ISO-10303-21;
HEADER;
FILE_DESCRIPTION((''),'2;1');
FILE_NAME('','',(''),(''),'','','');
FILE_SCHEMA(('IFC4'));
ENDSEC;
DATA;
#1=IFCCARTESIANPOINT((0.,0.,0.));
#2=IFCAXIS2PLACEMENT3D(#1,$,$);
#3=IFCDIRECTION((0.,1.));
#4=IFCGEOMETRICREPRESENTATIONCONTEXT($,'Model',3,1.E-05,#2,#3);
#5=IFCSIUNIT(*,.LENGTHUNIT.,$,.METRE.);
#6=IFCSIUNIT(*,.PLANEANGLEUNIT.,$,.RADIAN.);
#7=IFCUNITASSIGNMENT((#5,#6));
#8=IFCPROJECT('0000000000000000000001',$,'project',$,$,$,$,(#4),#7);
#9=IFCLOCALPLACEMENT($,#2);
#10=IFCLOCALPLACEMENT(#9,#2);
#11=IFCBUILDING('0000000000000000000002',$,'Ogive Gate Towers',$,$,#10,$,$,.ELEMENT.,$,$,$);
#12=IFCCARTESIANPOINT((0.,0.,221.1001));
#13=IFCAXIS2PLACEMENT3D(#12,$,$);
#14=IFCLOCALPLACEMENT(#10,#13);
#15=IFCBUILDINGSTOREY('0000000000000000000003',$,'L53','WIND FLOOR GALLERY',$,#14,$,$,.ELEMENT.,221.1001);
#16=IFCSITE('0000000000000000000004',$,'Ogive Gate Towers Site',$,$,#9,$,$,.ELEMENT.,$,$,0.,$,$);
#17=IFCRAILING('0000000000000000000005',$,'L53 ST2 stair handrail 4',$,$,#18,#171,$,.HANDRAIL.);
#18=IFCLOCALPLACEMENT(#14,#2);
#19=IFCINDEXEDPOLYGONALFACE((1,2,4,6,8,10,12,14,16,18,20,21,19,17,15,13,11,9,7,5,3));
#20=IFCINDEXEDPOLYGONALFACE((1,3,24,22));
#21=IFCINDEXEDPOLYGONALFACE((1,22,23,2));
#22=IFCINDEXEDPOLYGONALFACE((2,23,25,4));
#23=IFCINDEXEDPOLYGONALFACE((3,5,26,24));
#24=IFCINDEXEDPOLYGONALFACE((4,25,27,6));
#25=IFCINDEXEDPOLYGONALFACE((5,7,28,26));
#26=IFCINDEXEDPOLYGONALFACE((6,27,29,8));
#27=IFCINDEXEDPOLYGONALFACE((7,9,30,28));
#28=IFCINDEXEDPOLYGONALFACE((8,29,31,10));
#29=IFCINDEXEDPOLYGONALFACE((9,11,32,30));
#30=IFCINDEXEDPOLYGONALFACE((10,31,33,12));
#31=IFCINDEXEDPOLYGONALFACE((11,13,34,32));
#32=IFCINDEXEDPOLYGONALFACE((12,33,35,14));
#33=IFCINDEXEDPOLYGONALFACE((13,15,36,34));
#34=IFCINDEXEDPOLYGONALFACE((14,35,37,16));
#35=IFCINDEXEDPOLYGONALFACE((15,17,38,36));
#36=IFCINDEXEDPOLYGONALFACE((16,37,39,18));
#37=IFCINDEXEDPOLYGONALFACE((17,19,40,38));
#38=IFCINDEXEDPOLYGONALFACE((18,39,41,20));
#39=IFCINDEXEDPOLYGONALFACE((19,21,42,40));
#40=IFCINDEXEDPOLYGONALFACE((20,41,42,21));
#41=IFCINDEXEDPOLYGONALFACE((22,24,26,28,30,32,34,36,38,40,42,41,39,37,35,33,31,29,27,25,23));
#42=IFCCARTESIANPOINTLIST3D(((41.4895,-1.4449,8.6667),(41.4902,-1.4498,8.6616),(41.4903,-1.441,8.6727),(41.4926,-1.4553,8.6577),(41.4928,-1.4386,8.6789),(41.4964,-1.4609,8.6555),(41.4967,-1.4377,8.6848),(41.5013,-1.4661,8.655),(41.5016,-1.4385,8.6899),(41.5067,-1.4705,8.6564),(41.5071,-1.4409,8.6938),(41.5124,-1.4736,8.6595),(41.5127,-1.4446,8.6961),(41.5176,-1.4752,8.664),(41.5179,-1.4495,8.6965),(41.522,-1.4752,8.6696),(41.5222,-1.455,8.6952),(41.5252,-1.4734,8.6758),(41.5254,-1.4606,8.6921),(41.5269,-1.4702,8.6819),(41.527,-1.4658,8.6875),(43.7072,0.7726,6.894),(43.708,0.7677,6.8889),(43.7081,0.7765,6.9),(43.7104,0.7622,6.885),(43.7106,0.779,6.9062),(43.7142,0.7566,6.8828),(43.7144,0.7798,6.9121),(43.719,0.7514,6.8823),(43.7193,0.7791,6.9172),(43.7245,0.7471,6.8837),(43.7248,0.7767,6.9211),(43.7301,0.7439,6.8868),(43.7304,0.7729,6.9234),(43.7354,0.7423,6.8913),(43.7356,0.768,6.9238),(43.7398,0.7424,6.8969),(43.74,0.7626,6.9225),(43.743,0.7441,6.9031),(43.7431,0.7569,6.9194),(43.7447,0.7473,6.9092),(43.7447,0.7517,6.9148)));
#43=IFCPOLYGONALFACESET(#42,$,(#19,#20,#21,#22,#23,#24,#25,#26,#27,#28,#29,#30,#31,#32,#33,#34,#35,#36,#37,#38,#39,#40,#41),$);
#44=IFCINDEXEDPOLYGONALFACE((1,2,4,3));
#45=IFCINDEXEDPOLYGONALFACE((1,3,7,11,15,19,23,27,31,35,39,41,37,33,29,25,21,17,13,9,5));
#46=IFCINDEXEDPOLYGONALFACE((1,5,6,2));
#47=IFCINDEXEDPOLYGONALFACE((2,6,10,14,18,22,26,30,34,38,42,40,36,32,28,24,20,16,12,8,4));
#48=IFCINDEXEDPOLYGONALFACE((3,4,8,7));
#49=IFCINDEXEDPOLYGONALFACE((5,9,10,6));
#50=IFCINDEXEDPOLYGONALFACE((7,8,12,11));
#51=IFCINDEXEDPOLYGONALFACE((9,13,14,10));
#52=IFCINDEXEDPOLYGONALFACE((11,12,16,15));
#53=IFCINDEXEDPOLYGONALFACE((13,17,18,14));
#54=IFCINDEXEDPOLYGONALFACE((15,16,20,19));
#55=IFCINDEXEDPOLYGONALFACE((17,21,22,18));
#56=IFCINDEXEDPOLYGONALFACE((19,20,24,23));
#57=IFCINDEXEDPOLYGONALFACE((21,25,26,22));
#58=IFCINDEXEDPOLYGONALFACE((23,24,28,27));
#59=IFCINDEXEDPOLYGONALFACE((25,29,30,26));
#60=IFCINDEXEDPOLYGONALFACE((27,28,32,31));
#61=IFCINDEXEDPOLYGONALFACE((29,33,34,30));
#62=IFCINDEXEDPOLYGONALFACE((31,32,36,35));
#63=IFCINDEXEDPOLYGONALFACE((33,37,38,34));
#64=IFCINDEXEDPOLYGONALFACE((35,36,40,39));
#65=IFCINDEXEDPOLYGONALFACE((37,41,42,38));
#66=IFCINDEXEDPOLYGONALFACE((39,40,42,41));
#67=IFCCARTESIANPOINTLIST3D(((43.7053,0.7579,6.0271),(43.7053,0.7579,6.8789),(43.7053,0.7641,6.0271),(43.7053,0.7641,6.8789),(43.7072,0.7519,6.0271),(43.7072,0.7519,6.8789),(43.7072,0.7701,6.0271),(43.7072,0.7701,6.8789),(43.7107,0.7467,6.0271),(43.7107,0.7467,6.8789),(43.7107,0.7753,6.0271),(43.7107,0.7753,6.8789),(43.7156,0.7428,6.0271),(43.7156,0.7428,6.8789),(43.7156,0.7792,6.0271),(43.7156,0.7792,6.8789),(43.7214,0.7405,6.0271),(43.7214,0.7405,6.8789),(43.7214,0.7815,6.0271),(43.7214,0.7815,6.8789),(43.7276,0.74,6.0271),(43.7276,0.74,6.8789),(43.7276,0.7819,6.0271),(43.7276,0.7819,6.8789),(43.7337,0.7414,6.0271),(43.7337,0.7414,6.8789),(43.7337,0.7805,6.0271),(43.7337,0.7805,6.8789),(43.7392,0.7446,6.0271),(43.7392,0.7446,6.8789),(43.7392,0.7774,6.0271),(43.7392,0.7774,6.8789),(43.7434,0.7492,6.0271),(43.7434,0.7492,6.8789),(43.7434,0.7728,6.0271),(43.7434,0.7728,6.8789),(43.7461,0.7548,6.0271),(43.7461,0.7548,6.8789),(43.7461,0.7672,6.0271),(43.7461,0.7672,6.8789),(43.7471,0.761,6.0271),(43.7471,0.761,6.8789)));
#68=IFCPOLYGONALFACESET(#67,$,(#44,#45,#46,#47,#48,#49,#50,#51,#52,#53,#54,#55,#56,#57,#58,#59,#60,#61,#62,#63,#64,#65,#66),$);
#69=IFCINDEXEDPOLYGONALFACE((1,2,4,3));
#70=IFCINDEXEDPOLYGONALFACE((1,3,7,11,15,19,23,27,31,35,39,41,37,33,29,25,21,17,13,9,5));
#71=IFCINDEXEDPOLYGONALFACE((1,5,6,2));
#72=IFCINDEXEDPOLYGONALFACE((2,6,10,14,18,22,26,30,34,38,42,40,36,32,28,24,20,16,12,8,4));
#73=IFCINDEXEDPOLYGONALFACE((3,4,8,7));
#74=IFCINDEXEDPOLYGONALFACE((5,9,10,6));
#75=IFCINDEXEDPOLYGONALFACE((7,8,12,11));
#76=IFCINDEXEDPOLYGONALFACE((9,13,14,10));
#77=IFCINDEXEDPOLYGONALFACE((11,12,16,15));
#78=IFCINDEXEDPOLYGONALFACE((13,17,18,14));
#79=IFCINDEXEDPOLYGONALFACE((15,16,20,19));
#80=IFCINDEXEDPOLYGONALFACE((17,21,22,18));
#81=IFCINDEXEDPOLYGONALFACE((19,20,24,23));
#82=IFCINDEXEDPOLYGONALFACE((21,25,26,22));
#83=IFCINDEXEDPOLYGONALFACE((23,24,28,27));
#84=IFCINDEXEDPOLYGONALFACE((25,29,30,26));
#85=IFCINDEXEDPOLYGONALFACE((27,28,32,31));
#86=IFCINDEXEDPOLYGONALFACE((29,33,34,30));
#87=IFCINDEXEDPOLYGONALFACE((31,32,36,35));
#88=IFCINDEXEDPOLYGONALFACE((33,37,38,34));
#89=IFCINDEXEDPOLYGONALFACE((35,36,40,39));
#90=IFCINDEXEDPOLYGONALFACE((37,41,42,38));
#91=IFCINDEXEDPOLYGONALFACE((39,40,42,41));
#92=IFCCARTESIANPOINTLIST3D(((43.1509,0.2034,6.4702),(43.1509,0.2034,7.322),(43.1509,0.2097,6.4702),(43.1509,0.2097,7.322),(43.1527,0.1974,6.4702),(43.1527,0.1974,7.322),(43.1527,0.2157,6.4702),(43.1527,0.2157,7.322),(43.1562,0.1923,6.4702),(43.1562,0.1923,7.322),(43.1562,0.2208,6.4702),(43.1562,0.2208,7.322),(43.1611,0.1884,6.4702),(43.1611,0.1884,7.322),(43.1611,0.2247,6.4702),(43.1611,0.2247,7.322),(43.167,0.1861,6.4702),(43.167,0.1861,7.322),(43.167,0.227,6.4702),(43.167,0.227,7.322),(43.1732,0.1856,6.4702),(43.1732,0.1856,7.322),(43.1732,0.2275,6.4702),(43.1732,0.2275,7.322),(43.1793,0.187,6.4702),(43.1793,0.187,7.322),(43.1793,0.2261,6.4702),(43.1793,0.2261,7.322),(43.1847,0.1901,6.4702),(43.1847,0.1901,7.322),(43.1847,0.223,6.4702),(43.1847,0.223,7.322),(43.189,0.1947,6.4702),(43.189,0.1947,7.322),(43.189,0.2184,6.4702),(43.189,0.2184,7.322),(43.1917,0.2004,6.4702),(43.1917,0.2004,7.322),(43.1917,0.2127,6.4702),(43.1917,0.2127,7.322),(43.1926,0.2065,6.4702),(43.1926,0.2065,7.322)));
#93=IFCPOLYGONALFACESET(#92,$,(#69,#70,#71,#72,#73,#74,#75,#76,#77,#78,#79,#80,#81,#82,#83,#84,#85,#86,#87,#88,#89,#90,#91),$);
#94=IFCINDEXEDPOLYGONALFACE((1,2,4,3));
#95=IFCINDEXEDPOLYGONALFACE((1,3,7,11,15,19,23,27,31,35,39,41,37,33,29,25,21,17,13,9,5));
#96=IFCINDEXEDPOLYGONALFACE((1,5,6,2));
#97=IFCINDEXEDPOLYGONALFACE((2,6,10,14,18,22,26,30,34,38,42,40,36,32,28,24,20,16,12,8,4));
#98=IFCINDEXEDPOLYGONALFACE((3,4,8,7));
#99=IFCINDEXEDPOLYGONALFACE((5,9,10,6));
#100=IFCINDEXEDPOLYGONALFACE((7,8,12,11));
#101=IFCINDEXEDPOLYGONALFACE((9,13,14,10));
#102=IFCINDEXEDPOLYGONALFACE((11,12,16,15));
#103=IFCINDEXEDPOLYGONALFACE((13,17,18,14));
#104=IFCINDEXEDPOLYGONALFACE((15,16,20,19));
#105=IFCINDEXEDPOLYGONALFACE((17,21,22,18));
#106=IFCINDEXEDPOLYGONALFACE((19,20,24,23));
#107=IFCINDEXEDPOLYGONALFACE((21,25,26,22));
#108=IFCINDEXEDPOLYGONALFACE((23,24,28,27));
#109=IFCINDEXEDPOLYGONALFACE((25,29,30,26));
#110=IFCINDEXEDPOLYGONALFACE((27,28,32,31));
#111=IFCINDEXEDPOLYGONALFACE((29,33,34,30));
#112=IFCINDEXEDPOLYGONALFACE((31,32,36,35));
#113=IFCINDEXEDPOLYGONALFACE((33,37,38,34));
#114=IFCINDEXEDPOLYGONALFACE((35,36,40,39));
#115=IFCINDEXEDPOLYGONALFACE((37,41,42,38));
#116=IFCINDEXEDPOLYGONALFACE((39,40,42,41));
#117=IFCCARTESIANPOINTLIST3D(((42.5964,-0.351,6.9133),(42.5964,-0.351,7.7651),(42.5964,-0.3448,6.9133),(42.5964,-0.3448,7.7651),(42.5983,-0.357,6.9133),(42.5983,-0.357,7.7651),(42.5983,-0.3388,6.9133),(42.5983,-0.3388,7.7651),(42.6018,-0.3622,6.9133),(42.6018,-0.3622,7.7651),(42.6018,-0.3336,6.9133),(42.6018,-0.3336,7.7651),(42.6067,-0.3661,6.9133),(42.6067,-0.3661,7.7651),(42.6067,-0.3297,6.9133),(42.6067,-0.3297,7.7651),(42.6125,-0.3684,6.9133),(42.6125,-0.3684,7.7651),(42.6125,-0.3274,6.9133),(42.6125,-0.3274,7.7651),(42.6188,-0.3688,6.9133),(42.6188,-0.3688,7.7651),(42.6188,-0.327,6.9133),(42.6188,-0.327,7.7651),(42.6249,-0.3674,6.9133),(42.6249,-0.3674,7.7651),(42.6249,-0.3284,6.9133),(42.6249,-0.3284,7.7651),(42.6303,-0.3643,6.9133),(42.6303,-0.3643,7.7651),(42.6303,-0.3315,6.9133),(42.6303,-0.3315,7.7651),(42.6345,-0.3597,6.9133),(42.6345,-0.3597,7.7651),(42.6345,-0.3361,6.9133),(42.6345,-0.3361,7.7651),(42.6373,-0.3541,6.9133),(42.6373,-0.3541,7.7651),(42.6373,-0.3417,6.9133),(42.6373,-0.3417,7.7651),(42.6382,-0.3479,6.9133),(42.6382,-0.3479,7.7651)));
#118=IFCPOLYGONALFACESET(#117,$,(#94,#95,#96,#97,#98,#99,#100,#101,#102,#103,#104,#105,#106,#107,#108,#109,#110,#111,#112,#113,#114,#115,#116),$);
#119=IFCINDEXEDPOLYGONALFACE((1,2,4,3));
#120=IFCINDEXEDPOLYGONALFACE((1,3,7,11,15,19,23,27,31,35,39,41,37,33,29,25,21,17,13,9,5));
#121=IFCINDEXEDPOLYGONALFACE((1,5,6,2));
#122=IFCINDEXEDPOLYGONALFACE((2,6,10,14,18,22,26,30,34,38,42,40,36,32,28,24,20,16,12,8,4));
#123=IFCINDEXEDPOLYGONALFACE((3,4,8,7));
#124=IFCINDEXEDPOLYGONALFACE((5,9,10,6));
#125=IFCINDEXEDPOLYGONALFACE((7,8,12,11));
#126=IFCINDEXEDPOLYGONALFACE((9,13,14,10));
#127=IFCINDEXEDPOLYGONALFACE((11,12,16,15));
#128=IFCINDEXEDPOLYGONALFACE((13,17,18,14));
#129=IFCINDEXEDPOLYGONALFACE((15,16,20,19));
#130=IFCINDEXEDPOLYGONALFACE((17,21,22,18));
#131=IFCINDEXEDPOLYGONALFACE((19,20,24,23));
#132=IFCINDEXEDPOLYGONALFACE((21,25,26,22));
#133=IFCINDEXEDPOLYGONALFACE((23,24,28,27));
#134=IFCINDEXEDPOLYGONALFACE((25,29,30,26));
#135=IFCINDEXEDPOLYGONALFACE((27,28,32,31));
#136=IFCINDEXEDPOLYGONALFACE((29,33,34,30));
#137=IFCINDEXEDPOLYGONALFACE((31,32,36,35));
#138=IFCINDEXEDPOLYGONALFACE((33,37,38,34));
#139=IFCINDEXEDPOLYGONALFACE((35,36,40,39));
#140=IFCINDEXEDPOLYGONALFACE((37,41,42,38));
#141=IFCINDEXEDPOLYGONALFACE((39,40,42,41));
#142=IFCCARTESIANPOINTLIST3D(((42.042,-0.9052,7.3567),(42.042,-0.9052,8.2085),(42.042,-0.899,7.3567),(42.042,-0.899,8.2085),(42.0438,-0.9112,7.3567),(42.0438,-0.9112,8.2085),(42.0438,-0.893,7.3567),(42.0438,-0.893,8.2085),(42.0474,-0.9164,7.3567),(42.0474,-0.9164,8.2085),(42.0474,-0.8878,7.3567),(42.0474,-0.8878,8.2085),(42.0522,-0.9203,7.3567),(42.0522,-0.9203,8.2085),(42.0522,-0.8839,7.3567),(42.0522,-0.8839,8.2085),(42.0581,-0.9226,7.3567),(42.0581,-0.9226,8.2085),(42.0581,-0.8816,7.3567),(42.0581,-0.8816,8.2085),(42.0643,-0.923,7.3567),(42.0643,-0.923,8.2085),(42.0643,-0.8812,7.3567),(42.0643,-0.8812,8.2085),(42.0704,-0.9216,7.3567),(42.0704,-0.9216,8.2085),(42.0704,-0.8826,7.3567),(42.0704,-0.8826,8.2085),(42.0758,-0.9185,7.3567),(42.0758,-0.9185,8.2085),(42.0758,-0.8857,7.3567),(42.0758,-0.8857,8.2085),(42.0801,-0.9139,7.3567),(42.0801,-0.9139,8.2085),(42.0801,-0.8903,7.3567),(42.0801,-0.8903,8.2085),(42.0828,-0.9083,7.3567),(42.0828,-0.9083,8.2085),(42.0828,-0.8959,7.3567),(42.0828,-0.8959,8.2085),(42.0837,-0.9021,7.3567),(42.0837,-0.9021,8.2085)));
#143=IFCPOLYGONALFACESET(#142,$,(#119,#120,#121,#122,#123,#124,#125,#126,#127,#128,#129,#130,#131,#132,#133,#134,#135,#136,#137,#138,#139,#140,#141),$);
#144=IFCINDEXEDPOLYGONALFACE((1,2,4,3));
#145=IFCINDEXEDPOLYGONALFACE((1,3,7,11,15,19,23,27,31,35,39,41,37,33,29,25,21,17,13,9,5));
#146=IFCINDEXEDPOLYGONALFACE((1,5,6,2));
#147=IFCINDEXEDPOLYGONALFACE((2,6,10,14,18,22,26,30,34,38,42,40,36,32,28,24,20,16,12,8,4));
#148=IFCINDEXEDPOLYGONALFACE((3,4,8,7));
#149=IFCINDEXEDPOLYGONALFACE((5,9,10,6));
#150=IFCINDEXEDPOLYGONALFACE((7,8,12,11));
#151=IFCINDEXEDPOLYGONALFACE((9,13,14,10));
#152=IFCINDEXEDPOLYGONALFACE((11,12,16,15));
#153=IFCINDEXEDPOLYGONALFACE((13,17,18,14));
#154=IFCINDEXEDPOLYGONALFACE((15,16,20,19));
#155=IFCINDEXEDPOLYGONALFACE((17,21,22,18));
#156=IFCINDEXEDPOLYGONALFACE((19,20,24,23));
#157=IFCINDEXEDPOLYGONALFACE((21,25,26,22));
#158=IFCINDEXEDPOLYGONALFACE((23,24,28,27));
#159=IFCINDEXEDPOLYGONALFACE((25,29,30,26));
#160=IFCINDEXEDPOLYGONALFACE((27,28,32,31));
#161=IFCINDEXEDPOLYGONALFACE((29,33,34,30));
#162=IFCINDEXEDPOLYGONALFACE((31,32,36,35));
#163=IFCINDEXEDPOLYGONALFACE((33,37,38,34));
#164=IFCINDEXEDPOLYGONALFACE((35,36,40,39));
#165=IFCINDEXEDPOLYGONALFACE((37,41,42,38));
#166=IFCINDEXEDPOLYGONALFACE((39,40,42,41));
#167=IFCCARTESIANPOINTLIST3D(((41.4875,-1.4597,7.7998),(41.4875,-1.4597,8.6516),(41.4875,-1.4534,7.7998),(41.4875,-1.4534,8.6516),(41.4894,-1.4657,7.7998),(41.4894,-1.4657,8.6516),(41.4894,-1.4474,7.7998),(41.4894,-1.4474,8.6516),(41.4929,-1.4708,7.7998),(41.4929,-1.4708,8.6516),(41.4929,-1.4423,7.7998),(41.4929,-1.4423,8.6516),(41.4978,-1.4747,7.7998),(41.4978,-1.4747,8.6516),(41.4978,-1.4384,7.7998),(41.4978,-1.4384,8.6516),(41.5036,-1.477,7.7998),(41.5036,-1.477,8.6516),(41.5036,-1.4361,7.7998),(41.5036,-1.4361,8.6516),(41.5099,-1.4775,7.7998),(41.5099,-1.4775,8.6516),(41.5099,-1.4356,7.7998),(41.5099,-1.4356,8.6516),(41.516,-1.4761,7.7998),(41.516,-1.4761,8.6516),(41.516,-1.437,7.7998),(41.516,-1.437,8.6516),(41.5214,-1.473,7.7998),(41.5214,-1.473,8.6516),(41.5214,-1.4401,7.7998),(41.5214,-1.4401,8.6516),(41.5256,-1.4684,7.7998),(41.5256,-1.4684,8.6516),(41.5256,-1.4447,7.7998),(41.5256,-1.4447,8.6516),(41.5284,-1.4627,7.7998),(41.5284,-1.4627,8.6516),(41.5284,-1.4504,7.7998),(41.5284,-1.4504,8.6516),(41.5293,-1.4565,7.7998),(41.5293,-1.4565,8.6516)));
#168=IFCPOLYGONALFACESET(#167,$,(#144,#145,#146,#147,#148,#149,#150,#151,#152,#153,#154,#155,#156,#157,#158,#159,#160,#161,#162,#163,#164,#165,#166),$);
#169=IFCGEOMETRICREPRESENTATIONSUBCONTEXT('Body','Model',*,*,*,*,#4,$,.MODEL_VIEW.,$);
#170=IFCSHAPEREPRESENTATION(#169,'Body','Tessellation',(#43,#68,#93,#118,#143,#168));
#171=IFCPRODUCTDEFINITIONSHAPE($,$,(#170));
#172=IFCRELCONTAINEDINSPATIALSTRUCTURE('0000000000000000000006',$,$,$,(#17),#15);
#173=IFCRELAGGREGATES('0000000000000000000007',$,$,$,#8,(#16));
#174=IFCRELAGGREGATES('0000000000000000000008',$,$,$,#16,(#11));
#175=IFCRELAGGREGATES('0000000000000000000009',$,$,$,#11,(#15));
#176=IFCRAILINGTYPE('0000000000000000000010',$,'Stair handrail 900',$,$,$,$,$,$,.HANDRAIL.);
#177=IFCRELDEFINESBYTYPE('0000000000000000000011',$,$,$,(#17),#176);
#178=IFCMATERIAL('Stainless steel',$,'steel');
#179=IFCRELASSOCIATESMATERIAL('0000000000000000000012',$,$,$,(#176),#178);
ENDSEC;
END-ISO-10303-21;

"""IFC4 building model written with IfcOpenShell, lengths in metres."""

from ifc_helpers import new_model, si_unit, direction, frame, origin, origin_2d, place, context, subcontext, project, spatial, circle, extrude, material, type_object, element, save


model = new_model("IFC4")

# Units and contexts
model_context = context("Model", 3, precision=1e-05, world=origin(), true_north=direction((0.0, 1.0)))
body_context = subcontext(model_context, "Body", "Model", "MODEL_VIEW")
ifc_project = project(units=[si_unit("LENGTHUNIT", "METRE"), si_unit("PLANEANGLEUNIT", "RADIAN")], contexts=[model_context])

# Site, building, storey
site_placement = place(None, origin())
site = spatial("IfcSite", under=ifc_project, at=site_placement, Name="Ogive Gate Towers Site", CompositionType="ELEMENT", RefElevation=0.0)
building_placement = place(site_placement, origin())
building = spatial("IfcBuilding", under=site, at=building_placement, Name="Ogive Gate Towers", CompositionType="ELEMENT")
storey_placement = place(building_placement, frame((0.0, 0.0, 221.1001)))
storey = spatial("IfcBuildingStorey", under=building, at=storey_placement, Name="L53", Description="WIND FLOOR GALLERY", CompositionType="ELEMENT", Elevation=221.1001)

# Railing
ifc_material_1 = material(Name="Stainless steel", Category="steel")
railing_type_1 = type_object("IfcRailingType", Name="Stair handrail 900", PredefinedType="HANDRAIL", material=ifc_material_1)
for number, where, name in (
    (1, (43.7261, 0.761, 6.0271), "L53 ST2 stair handrail 4"),
):
    element("IfcRailing", number, at=place(storey_placement, frame(where)), inside=storey, type_object=railing_type_1, Name=name, PredefinedType="HANDRAIL", context=body_context, shape_type="SweptSolid", body=[
        extrude(circle(Radius=0.0239, at=origin_2d()), frame((0.0, 0.0, 0.876), z_axis=(-0.61561, -0.615543, 0.492068), x_axis=(0.707068, -0.707146, 0.0)), (0.0, 0.0, 1.0), 3.6025),
        extrude(circle(Radius=0.021, at=origin_2d()), origin(), (0.0, 0.0, 1.0), 0.8518),
        extrude(circle(Radius=0.021, at=origin_2d()), frame((-0.5544, -0.5544, 0.4431)), (0.0, 0.0, 1.0), 0.8518),
        extrude(circle(Radius=0.021, at=origin_2d()), frame((-1.1089, -1.1089, 0.8862)), (0.0, 0.0, 1.0), 0.8518),
        extrude(circle(Radius=0.021, at=origin_2d()), frame((-1.6633, -1.6631, 1.3296)), (0.0, 0.0, 1.0), 0.8518),
        extrude(circle(Radius=0.021, at=origin_2d()), frame((-2.2178, -2.2175, 1.7727)), (0.0, 0.0, 1.0), 0.8518),
    ])

save(model, "model.ifc")
